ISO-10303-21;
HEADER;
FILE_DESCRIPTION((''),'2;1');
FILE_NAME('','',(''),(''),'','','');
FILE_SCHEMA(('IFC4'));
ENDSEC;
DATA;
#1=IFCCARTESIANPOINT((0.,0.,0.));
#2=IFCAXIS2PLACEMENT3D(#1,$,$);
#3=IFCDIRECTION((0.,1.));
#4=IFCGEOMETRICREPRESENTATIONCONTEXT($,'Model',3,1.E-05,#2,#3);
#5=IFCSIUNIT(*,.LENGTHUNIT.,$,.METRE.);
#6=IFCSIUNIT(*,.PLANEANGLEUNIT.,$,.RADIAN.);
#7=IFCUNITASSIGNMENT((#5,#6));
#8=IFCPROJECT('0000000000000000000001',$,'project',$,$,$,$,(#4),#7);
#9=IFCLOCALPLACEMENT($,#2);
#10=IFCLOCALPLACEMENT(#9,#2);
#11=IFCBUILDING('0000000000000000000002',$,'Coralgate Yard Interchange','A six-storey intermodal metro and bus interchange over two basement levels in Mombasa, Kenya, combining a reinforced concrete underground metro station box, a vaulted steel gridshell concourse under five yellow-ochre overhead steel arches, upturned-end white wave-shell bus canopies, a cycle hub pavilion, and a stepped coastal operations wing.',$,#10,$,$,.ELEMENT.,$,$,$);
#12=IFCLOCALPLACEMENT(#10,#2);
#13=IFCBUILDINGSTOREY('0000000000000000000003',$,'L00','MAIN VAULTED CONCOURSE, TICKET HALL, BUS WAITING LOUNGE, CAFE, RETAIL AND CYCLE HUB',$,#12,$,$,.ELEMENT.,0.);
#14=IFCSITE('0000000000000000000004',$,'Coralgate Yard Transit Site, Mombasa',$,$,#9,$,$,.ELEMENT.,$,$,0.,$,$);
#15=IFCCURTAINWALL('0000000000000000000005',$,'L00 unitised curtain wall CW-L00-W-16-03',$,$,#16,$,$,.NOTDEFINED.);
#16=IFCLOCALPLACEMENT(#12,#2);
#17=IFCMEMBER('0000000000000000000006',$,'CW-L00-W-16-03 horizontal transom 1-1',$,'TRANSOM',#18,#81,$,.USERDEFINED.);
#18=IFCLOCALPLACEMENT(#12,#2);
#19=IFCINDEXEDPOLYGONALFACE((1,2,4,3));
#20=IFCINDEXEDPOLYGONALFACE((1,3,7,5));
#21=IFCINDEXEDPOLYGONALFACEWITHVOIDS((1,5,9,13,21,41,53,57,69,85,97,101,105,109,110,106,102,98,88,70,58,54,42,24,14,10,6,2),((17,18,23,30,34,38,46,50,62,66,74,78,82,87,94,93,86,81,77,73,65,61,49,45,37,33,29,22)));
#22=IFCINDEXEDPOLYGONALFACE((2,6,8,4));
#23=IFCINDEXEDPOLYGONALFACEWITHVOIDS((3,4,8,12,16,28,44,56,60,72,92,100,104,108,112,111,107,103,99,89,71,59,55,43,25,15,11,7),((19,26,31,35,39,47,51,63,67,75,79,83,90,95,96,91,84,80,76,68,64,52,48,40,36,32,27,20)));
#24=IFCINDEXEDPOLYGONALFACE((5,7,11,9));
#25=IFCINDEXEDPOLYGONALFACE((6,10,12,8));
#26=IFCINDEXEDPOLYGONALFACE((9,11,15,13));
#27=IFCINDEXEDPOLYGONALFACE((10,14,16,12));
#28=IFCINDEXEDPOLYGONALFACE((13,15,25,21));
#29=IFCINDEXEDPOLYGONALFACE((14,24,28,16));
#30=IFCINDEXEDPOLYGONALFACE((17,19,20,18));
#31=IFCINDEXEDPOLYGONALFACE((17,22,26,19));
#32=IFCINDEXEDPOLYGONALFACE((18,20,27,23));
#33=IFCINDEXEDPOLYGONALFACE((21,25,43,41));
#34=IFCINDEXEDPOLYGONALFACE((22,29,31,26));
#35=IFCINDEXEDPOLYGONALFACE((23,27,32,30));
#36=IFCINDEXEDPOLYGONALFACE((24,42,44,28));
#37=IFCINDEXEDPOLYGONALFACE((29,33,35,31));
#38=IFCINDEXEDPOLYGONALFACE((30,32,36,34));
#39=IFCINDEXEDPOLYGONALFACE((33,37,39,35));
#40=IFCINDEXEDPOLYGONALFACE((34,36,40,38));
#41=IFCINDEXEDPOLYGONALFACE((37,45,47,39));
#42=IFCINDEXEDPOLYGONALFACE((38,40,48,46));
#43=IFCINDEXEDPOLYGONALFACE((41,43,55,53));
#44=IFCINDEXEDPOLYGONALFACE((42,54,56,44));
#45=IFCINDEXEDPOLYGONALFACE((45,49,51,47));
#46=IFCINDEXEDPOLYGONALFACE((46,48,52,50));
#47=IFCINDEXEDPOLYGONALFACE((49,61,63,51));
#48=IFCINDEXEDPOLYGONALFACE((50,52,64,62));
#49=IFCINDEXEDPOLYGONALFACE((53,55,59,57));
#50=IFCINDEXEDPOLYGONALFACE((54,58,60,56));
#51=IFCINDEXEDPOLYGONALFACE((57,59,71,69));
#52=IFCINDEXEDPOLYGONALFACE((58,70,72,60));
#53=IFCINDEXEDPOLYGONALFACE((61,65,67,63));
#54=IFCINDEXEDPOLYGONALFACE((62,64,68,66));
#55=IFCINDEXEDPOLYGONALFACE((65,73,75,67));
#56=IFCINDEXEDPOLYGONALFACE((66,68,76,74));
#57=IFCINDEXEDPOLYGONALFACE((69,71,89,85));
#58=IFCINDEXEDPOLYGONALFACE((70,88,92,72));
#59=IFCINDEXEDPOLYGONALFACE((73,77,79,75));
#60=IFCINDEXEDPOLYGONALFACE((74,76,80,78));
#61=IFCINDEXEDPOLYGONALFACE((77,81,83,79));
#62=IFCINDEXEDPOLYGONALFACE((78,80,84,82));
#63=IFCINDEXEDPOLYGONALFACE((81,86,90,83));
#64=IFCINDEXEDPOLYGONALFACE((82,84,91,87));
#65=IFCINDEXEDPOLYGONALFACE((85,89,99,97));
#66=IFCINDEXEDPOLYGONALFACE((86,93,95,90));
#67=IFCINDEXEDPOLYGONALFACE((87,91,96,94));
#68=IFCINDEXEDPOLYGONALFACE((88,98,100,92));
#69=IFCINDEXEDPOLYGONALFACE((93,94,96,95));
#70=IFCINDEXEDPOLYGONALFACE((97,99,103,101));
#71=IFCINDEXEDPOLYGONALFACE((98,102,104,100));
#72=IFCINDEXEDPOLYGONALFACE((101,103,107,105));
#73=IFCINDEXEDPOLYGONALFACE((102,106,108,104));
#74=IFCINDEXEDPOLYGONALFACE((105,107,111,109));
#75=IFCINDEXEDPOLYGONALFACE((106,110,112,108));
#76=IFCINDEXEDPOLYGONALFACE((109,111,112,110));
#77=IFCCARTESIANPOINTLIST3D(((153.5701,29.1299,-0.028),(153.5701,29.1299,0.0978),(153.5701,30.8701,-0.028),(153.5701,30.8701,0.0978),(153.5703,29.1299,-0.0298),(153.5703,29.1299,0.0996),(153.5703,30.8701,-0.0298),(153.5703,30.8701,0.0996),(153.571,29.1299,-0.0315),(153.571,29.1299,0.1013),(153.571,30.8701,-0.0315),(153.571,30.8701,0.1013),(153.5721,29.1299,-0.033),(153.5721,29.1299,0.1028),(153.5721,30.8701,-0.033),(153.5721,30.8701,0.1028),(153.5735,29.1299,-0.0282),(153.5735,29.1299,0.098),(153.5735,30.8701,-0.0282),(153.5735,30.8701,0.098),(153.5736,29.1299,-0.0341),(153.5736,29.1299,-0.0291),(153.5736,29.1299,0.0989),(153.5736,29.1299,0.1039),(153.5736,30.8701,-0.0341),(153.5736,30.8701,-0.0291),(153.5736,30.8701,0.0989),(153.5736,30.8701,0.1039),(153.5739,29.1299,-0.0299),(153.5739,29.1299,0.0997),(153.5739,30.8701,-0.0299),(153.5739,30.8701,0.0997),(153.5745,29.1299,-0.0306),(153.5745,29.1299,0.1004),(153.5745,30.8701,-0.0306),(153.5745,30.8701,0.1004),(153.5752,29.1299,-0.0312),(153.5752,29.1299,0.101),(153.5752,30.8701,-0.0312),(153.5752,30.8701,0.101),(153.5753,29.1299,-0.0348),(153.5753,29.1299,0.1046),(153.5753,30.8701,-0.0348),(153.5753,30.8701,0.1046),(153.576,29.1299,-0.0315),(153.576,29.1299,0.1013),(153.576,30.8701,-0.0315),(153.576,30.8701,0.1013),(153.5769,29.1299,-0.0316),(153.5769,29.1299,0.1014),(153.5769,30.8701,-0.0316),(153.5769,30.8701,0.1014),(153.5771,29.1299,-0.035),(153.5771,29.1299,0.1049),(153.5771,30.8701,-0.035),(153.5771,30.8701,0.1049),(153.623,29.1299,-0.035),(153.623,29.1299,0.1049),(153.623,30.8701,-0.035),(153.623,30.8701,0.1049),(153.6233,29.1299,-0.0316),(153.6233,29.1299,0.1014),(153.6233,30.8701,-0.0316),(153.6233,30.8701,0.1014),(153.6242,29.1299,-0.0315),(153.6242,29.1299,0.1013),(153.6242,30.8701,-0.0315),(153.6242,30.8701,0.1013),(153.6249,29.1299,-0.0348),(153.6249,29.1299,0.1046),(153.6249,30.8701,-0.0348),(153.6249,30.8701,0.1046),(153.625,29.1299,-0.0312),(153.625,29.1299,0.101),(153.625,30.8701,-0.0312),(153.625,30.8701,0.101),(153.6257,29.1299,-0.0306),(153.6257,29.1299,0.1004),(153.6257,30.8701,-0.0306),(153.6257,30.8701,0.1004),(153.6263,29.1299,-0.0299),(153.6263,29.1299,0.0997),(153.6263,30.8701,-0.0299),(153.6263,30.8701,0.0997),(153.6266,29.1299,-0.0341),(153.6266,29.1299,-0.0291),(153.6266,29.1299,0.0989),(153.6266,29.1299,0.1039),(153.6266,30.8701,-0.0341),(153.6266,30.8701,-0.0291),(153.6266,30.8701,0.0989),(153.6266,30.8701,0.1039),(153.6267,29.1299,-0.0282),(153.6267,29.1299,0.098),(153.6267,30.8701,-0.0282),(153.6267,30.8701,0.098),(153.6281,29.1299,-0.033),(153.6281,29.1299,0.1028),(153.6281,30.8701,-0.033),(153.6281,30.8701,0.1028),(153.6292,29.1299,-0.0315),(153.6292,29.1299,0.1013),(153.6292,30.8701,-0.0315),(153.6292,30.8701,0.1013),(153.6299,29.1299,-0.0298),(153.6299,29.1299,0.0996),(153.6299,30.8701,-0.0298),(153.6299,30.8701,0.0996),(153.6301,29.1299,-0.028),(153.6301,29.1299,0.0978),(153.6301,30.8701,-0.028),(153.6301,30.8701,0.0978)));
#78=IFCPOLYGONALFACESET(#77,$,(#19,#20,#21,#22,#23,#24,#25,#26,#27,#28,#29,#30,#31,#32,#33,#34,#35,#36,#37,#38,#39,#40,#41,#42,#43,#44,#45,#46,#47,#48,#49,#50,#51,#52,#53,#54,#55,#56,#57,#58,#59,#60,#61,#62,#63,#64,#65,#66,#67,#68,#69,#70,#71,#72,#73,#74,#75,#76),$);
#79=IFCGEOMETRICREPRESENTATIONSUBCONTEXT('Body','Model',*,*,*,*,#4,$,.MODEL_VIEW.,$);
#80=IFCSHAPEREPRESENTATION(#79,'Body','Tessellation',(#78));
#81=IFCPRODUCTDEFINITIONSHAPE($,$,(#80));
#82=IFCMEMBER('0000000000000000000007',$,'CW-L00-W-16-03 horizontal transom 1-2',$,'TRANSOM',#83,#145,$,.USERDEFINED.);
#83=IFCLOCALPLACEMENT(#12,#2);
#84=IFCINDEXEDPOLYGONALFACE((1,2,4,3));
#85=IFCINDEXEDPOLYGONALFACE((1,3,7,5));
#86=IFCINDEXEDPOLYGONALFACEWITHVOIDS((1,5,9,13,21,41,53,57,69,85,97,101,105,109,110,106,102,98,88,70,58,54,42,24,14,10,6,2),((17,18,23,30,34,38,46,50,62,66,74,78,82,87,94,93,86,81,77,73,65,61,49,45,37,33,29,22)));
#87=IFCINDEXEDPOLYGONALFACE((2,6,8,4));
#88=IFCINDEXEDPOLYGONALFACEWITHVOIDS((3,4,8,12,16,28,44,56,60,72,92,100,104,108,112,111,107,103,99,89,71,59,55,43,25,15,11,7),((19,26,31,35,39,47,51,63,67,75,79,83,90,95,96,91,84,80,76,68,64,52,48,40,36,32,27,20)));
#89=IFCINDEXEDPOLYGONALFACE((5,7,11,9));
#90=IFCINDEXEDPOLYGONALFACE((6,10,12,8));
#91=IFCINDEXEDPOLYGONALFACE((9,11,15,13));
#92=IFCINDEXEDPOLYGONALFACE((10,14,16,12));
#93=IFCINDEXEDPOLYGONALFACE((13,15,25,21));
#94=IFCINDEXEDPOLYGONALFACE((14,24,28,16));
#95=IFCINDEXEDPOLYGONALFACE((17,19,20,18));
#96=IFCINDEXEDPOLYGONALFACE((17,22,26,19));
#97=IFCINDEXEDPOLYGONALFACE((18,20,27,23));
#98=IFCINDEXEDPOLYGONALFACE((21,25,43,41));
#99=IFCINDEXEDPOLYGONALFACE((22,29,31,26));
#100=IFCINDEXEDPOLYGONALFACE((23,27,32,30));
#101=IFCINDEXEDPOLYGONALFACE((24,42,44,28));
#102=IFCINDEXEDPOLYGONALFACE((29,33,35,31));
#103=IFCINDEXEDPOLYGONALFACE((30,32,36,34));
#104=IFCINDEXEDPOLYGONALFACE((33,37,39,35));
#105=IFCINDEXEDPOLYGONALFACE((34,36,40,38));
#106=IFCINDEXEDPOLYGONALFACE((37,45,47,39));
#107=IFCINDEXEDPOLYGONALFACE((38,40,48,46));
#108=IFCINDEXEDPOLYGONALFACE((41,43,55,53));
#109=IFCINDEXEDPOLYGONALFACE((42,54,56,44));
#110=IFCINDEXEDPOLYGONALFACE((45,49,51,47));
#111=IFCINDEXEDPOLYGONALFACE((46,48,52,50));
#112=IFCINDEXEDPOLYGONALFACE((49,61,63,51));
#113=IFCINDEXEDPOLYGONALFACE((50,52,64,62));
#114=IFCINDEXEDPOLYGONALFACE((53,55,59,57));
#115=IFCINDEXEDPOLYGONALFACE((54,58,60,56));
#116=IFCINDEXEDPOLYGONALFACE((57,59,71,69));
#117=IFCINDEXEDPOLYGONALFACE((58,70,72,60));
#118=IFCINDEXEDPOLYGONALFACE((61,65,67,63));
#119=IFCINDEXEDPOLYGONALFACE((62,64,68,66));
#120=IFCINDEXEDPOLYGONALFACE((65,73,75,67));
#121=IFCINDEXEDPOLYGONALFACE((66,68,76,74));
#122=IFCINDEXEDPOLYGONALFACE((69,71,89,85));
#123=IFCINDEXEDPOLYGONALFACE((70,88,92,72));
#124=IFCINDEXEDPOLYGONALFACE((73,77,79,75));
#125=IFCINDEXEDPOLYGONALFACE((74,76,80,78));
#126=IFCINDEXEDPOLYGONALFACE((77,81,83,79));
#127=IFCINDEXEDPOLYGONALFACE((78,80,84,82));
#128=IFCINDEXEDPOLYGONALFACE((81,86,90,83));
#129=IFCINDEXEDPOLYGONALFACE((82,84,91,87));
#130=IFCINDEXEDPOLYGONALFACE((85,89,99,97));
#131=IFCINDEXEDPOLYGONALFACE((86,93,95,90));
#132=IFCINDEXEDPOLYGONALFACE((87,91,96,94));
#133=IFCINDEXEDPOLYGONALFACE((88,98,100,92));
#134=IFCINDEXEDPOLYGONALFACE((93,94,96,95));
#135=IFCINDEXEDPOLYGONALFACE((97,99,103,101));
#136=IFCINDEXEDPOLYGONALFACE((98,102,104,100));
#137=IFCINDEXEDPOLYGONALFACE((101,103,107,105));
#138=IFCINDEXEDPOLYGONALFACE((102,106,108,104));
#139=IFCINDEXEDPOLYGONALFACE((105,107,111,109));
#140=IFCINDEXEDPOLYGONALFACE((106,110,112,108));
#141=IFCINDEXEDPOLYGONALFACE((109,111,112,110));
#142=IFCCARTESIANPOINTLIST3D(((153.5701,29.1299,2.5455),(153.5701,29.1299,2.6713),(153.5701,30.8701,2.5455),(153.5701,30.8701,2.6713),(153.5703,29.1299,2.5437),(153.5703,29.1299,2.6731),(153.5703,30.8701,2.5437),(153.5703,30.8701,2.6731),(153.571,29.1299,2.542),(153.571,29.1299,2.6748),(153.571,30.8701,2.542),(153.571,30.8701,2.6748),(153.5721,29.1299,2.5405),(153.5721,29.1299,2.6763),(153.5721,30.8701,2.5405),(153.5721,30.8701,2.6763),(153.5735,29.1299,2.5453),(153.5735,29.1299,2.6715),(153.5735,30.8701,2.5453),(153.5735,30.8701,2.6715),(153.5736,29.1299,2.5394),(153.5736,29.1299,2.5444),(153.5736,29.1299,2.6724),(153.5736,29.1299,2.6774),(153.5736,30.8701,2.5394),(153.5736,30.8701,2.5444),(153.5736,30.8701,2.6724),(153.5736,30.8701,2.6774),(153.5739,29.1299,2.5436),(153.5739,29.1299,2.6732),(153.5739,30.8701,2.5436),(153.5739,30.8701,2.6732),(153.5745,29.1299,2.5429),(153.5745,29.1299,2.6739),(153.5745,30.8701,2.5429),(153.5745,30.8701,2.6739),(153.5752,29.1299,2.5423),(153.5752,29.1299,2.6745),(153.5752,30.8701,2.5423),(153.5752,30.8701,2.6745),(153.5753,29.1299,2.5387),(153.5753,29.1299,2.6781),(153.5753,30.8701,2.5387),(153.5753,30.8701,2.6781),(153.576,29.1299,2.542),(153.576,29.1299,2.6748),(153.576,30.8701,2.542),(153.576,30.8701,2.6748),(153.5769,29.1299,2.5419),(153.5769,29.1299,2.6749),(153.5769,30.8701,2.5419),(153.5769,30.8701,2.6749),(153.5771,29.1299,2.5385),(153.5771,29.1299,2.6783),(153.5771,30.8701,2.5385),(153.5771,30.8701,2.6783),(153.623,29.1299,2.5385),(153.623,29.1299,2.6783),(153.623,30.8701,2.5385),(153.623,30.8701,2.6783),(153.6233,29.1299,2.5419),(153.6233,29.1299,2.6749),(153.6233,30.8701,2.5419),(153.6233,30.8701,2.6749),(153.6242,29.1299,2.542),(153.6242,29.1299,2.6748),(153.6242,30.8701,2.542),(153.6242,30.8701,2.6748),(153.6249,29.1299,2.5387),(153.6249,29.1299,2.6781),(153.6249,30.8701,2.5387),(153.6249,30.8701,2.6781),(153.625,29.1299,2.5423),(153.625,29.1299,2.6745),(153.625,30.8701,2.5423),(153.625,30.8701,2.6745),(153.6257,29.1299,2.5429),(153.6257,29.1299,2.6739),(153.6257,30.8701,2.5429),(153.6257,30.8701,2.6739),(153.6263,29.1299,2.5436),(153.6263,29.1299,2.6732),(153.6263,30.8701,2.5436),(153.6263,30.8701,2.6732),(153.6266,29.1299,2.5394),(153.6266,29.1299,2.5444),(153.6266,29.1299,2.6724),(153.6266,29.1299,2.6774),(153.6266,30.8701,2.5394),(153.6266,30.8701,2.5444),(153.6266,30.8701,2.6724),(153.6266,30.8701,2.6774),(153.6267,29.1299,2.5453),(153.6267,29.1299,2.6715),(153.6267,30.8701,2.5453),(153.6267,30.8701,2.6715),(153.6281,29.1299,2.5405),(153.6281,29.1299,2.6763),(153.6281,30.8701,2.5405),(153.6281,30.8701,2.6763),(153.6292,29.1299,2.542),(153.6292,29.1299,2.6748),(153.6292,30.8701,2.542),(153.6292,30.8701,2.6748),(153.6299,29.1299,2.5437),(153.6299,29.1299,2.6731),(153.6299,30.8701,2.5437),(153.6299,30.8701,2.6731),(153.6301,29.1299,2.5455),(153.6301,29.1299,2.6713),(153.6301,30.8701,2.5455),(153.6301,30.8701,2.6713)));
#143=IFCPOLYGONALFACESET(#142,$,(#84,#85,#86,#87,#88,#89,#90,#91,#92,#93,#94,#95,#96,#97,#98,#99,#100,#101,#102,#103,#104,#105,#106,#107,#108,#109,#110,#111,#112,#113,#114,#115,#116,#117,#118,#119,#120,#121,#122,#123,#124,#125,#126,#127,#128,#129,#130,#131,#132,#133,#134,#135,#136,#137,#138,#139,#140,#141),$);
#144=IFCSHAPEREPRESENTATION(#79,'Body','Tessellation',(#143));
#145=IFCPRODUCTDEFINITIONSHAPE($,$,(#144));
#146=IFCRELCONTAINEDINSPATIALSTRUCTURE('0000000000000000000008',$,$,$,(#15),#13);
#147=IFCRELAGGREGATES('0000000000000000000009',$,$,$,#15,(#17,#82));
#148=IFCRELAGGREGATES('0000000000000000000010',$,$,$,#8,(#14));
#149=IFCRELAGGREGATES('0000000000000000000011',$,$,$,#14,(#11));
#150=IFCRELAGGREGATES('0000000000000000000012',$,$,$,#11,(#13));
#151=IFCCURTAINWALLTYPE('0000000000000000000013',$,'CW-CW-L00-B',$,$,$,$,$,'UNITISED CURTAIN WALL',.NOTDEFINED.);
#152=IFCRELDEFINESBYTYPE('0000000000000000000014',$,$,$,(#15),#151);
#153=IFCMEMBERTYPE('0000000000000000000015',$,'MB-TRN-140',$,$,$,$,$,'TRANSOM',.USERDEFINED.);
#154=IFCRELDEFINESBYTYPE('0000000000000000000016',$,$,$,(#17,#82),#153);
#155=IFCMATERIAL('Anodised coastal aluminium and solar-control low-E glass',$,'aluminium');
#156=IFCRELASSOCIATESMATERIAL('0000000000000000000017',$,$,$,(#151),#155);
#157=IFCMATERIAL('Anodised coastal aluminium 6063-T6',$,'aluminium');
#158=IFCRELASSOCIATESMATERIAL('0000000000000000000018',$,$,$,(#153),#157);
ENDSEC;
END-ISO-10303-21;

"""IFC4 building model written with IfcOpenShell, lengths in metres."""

from ifc_helpers import new_model, si_unit, direction, frame, origin, origin_2d, place, context, subcontext, project, spatial, hollow_rectangle, extrude, material, material_profile, profile_set, type_object, element, aggregate, save


model = new_model("IFC4")

# Units and contexts
model_context = context("Model", 3, precision=1e-05, world=origin(), true_north=direction((0.0, 1.0)))
body_context = subcontext(model_context, "Body", "Model", "MODEL_VIEW")
ifc_project = project(units=[si_unit("LENGTHUNIT", "METRE"), si_unit("PLANEANGLEUNIT", "RADIAN")], contexts=[model_context])

# Site, building, storey
site_placement = place(None, origin())
site = spatial("IfcSite", under=ifc_project, at=site_placement, Name="Coralgate Yard Transit Site, Mombasa", CompositionType="ELEMENT", RefElevation=0.0)
building_placement = place(site_placement, origin())
building = spatial("IfcBuilding", under=site, at=building_placement, Name="Coralgate Yard Interchange", Description="A six-storey intermodal metro and bus interchange over two basement levels in Mombasa, Kenya, combining a reinforced concrete underground metro station box, a vaulted steel gridshell concourse under five yellow-ochre overhead steel arches, upturned-end white wave-shell bus canopies, a cycle hub pavilion, and a stepped coastal operations wing.", CompositionType="ELEMENT")
storey_placement = place(building_placement, origin())
storey = spatial("IfcBuildingStorey", under=building, at=storey_placement, Name="L00", Description="MAIN VAULTED CONCOURSE, TICKET HALL, BUS WAITING LOUNGE, CAFE, RETAIL AND CYCLE HUB", CompositionType="ELEMENT", Elevation=0.0)

# Curtain wall, members
ifc_material_1 = material(Name="Anodised coastal aluminium and solar-control low-E glass", Category="aluminium")
curtain_wall_type = type_object("IfcCurtainWallType", Name="CW-CW-L00-B", ElementType="UNITISED CURTAIN WALL", PredefinedType="NOTDEFINED", material=ifc_material_1)
curtain_wall_placement = place(storey_placement, origin())
curtain_wall = element("IfcCurtainWall", 1, at=curtain_wall_placement, inside=storey, type_object=curtain_wall_type, Name="L00 unitised curtain wall CW-L00-W-16-03", PredefinedType="NOTDEFINED")
ifc_material_2 = material(Name="Anodised coastal aluminium 6063-T6", Category="aluminium")
ifc_material_profile_1 = material_profile(ifc_material_2, hollow_rectangle(XDim=0.0601, YDim=0.1399, WallThickness=0.0034, InnerFilletRadius=0.0034, OuterFilletRadius=0.0071, at=origin_2d()), Name="ALU 60x140x3.5")
ifc_profile_set_1 = profile_set([ifc_material_profile_1], Name="Anodised coastal aluminium 6063-T6")
member_type_1 = type_object("IfcMemberType", Name="MB-TRN-140", ElementType="TRANSOM", PredefinedType="USERDEFINED", material=ifc_profile_set_1)
member_1_placement = place(storey_placement, frame((153.6001, 29.1299, 0.0349), z_axis=(0.0, 1.0, 0.0), x_axis=(-1.0, 0.0, 0.0)))
member_1 = element("IfcMember", 2, at=member_1_placement, type_object=member_type_1, Name="CW-L00-W-16-03 horizontal transom 1-1", ObjectType="TRANSOM", PredefinedType="USERDEFINED", context=body_context, shape_type="SweptSolid", body=[
    extrude(hollow_rectangle(XDim=0.0601, YDim=0.1399, WallThickness=0.0034, InnerFilletRadius=0.0034, OuterFilletRadius=0.0071, at=origin_2d()), origin(), (0.0, 0.0, 1.0), 1.7402),
])
member_2_placement = place(storey_placement, frame((153.6001, 29.1299, 2.6084), z_axis=(0.0, 1.0, 0.0), x_axis=(-1.0, 0.0, 0.0)))
member_2 = element("IfcMember", 3, at=member_2_placement, type_object=member_type_1, Name="CW-L00-W-16-03 horizontal transom 1-2", ObjectType="TRANSOM", PredefinedType="USERDEFINED", context=body_context, shape_type="SweptSolid", body=[
    extrude(hollow_rectangle(XDim=0.0601, YDim=0.1399, WallThickness=0.0034, InnerFilletRadius=0.0034, OuterFilletRadius=0.0071, at=origin_2d()), origin(), (0.0, 0.0, 1.0), 1.7402),
])
aggregate(curtain_wall, [member_1, member_2])

save(model, "model.ifc")
